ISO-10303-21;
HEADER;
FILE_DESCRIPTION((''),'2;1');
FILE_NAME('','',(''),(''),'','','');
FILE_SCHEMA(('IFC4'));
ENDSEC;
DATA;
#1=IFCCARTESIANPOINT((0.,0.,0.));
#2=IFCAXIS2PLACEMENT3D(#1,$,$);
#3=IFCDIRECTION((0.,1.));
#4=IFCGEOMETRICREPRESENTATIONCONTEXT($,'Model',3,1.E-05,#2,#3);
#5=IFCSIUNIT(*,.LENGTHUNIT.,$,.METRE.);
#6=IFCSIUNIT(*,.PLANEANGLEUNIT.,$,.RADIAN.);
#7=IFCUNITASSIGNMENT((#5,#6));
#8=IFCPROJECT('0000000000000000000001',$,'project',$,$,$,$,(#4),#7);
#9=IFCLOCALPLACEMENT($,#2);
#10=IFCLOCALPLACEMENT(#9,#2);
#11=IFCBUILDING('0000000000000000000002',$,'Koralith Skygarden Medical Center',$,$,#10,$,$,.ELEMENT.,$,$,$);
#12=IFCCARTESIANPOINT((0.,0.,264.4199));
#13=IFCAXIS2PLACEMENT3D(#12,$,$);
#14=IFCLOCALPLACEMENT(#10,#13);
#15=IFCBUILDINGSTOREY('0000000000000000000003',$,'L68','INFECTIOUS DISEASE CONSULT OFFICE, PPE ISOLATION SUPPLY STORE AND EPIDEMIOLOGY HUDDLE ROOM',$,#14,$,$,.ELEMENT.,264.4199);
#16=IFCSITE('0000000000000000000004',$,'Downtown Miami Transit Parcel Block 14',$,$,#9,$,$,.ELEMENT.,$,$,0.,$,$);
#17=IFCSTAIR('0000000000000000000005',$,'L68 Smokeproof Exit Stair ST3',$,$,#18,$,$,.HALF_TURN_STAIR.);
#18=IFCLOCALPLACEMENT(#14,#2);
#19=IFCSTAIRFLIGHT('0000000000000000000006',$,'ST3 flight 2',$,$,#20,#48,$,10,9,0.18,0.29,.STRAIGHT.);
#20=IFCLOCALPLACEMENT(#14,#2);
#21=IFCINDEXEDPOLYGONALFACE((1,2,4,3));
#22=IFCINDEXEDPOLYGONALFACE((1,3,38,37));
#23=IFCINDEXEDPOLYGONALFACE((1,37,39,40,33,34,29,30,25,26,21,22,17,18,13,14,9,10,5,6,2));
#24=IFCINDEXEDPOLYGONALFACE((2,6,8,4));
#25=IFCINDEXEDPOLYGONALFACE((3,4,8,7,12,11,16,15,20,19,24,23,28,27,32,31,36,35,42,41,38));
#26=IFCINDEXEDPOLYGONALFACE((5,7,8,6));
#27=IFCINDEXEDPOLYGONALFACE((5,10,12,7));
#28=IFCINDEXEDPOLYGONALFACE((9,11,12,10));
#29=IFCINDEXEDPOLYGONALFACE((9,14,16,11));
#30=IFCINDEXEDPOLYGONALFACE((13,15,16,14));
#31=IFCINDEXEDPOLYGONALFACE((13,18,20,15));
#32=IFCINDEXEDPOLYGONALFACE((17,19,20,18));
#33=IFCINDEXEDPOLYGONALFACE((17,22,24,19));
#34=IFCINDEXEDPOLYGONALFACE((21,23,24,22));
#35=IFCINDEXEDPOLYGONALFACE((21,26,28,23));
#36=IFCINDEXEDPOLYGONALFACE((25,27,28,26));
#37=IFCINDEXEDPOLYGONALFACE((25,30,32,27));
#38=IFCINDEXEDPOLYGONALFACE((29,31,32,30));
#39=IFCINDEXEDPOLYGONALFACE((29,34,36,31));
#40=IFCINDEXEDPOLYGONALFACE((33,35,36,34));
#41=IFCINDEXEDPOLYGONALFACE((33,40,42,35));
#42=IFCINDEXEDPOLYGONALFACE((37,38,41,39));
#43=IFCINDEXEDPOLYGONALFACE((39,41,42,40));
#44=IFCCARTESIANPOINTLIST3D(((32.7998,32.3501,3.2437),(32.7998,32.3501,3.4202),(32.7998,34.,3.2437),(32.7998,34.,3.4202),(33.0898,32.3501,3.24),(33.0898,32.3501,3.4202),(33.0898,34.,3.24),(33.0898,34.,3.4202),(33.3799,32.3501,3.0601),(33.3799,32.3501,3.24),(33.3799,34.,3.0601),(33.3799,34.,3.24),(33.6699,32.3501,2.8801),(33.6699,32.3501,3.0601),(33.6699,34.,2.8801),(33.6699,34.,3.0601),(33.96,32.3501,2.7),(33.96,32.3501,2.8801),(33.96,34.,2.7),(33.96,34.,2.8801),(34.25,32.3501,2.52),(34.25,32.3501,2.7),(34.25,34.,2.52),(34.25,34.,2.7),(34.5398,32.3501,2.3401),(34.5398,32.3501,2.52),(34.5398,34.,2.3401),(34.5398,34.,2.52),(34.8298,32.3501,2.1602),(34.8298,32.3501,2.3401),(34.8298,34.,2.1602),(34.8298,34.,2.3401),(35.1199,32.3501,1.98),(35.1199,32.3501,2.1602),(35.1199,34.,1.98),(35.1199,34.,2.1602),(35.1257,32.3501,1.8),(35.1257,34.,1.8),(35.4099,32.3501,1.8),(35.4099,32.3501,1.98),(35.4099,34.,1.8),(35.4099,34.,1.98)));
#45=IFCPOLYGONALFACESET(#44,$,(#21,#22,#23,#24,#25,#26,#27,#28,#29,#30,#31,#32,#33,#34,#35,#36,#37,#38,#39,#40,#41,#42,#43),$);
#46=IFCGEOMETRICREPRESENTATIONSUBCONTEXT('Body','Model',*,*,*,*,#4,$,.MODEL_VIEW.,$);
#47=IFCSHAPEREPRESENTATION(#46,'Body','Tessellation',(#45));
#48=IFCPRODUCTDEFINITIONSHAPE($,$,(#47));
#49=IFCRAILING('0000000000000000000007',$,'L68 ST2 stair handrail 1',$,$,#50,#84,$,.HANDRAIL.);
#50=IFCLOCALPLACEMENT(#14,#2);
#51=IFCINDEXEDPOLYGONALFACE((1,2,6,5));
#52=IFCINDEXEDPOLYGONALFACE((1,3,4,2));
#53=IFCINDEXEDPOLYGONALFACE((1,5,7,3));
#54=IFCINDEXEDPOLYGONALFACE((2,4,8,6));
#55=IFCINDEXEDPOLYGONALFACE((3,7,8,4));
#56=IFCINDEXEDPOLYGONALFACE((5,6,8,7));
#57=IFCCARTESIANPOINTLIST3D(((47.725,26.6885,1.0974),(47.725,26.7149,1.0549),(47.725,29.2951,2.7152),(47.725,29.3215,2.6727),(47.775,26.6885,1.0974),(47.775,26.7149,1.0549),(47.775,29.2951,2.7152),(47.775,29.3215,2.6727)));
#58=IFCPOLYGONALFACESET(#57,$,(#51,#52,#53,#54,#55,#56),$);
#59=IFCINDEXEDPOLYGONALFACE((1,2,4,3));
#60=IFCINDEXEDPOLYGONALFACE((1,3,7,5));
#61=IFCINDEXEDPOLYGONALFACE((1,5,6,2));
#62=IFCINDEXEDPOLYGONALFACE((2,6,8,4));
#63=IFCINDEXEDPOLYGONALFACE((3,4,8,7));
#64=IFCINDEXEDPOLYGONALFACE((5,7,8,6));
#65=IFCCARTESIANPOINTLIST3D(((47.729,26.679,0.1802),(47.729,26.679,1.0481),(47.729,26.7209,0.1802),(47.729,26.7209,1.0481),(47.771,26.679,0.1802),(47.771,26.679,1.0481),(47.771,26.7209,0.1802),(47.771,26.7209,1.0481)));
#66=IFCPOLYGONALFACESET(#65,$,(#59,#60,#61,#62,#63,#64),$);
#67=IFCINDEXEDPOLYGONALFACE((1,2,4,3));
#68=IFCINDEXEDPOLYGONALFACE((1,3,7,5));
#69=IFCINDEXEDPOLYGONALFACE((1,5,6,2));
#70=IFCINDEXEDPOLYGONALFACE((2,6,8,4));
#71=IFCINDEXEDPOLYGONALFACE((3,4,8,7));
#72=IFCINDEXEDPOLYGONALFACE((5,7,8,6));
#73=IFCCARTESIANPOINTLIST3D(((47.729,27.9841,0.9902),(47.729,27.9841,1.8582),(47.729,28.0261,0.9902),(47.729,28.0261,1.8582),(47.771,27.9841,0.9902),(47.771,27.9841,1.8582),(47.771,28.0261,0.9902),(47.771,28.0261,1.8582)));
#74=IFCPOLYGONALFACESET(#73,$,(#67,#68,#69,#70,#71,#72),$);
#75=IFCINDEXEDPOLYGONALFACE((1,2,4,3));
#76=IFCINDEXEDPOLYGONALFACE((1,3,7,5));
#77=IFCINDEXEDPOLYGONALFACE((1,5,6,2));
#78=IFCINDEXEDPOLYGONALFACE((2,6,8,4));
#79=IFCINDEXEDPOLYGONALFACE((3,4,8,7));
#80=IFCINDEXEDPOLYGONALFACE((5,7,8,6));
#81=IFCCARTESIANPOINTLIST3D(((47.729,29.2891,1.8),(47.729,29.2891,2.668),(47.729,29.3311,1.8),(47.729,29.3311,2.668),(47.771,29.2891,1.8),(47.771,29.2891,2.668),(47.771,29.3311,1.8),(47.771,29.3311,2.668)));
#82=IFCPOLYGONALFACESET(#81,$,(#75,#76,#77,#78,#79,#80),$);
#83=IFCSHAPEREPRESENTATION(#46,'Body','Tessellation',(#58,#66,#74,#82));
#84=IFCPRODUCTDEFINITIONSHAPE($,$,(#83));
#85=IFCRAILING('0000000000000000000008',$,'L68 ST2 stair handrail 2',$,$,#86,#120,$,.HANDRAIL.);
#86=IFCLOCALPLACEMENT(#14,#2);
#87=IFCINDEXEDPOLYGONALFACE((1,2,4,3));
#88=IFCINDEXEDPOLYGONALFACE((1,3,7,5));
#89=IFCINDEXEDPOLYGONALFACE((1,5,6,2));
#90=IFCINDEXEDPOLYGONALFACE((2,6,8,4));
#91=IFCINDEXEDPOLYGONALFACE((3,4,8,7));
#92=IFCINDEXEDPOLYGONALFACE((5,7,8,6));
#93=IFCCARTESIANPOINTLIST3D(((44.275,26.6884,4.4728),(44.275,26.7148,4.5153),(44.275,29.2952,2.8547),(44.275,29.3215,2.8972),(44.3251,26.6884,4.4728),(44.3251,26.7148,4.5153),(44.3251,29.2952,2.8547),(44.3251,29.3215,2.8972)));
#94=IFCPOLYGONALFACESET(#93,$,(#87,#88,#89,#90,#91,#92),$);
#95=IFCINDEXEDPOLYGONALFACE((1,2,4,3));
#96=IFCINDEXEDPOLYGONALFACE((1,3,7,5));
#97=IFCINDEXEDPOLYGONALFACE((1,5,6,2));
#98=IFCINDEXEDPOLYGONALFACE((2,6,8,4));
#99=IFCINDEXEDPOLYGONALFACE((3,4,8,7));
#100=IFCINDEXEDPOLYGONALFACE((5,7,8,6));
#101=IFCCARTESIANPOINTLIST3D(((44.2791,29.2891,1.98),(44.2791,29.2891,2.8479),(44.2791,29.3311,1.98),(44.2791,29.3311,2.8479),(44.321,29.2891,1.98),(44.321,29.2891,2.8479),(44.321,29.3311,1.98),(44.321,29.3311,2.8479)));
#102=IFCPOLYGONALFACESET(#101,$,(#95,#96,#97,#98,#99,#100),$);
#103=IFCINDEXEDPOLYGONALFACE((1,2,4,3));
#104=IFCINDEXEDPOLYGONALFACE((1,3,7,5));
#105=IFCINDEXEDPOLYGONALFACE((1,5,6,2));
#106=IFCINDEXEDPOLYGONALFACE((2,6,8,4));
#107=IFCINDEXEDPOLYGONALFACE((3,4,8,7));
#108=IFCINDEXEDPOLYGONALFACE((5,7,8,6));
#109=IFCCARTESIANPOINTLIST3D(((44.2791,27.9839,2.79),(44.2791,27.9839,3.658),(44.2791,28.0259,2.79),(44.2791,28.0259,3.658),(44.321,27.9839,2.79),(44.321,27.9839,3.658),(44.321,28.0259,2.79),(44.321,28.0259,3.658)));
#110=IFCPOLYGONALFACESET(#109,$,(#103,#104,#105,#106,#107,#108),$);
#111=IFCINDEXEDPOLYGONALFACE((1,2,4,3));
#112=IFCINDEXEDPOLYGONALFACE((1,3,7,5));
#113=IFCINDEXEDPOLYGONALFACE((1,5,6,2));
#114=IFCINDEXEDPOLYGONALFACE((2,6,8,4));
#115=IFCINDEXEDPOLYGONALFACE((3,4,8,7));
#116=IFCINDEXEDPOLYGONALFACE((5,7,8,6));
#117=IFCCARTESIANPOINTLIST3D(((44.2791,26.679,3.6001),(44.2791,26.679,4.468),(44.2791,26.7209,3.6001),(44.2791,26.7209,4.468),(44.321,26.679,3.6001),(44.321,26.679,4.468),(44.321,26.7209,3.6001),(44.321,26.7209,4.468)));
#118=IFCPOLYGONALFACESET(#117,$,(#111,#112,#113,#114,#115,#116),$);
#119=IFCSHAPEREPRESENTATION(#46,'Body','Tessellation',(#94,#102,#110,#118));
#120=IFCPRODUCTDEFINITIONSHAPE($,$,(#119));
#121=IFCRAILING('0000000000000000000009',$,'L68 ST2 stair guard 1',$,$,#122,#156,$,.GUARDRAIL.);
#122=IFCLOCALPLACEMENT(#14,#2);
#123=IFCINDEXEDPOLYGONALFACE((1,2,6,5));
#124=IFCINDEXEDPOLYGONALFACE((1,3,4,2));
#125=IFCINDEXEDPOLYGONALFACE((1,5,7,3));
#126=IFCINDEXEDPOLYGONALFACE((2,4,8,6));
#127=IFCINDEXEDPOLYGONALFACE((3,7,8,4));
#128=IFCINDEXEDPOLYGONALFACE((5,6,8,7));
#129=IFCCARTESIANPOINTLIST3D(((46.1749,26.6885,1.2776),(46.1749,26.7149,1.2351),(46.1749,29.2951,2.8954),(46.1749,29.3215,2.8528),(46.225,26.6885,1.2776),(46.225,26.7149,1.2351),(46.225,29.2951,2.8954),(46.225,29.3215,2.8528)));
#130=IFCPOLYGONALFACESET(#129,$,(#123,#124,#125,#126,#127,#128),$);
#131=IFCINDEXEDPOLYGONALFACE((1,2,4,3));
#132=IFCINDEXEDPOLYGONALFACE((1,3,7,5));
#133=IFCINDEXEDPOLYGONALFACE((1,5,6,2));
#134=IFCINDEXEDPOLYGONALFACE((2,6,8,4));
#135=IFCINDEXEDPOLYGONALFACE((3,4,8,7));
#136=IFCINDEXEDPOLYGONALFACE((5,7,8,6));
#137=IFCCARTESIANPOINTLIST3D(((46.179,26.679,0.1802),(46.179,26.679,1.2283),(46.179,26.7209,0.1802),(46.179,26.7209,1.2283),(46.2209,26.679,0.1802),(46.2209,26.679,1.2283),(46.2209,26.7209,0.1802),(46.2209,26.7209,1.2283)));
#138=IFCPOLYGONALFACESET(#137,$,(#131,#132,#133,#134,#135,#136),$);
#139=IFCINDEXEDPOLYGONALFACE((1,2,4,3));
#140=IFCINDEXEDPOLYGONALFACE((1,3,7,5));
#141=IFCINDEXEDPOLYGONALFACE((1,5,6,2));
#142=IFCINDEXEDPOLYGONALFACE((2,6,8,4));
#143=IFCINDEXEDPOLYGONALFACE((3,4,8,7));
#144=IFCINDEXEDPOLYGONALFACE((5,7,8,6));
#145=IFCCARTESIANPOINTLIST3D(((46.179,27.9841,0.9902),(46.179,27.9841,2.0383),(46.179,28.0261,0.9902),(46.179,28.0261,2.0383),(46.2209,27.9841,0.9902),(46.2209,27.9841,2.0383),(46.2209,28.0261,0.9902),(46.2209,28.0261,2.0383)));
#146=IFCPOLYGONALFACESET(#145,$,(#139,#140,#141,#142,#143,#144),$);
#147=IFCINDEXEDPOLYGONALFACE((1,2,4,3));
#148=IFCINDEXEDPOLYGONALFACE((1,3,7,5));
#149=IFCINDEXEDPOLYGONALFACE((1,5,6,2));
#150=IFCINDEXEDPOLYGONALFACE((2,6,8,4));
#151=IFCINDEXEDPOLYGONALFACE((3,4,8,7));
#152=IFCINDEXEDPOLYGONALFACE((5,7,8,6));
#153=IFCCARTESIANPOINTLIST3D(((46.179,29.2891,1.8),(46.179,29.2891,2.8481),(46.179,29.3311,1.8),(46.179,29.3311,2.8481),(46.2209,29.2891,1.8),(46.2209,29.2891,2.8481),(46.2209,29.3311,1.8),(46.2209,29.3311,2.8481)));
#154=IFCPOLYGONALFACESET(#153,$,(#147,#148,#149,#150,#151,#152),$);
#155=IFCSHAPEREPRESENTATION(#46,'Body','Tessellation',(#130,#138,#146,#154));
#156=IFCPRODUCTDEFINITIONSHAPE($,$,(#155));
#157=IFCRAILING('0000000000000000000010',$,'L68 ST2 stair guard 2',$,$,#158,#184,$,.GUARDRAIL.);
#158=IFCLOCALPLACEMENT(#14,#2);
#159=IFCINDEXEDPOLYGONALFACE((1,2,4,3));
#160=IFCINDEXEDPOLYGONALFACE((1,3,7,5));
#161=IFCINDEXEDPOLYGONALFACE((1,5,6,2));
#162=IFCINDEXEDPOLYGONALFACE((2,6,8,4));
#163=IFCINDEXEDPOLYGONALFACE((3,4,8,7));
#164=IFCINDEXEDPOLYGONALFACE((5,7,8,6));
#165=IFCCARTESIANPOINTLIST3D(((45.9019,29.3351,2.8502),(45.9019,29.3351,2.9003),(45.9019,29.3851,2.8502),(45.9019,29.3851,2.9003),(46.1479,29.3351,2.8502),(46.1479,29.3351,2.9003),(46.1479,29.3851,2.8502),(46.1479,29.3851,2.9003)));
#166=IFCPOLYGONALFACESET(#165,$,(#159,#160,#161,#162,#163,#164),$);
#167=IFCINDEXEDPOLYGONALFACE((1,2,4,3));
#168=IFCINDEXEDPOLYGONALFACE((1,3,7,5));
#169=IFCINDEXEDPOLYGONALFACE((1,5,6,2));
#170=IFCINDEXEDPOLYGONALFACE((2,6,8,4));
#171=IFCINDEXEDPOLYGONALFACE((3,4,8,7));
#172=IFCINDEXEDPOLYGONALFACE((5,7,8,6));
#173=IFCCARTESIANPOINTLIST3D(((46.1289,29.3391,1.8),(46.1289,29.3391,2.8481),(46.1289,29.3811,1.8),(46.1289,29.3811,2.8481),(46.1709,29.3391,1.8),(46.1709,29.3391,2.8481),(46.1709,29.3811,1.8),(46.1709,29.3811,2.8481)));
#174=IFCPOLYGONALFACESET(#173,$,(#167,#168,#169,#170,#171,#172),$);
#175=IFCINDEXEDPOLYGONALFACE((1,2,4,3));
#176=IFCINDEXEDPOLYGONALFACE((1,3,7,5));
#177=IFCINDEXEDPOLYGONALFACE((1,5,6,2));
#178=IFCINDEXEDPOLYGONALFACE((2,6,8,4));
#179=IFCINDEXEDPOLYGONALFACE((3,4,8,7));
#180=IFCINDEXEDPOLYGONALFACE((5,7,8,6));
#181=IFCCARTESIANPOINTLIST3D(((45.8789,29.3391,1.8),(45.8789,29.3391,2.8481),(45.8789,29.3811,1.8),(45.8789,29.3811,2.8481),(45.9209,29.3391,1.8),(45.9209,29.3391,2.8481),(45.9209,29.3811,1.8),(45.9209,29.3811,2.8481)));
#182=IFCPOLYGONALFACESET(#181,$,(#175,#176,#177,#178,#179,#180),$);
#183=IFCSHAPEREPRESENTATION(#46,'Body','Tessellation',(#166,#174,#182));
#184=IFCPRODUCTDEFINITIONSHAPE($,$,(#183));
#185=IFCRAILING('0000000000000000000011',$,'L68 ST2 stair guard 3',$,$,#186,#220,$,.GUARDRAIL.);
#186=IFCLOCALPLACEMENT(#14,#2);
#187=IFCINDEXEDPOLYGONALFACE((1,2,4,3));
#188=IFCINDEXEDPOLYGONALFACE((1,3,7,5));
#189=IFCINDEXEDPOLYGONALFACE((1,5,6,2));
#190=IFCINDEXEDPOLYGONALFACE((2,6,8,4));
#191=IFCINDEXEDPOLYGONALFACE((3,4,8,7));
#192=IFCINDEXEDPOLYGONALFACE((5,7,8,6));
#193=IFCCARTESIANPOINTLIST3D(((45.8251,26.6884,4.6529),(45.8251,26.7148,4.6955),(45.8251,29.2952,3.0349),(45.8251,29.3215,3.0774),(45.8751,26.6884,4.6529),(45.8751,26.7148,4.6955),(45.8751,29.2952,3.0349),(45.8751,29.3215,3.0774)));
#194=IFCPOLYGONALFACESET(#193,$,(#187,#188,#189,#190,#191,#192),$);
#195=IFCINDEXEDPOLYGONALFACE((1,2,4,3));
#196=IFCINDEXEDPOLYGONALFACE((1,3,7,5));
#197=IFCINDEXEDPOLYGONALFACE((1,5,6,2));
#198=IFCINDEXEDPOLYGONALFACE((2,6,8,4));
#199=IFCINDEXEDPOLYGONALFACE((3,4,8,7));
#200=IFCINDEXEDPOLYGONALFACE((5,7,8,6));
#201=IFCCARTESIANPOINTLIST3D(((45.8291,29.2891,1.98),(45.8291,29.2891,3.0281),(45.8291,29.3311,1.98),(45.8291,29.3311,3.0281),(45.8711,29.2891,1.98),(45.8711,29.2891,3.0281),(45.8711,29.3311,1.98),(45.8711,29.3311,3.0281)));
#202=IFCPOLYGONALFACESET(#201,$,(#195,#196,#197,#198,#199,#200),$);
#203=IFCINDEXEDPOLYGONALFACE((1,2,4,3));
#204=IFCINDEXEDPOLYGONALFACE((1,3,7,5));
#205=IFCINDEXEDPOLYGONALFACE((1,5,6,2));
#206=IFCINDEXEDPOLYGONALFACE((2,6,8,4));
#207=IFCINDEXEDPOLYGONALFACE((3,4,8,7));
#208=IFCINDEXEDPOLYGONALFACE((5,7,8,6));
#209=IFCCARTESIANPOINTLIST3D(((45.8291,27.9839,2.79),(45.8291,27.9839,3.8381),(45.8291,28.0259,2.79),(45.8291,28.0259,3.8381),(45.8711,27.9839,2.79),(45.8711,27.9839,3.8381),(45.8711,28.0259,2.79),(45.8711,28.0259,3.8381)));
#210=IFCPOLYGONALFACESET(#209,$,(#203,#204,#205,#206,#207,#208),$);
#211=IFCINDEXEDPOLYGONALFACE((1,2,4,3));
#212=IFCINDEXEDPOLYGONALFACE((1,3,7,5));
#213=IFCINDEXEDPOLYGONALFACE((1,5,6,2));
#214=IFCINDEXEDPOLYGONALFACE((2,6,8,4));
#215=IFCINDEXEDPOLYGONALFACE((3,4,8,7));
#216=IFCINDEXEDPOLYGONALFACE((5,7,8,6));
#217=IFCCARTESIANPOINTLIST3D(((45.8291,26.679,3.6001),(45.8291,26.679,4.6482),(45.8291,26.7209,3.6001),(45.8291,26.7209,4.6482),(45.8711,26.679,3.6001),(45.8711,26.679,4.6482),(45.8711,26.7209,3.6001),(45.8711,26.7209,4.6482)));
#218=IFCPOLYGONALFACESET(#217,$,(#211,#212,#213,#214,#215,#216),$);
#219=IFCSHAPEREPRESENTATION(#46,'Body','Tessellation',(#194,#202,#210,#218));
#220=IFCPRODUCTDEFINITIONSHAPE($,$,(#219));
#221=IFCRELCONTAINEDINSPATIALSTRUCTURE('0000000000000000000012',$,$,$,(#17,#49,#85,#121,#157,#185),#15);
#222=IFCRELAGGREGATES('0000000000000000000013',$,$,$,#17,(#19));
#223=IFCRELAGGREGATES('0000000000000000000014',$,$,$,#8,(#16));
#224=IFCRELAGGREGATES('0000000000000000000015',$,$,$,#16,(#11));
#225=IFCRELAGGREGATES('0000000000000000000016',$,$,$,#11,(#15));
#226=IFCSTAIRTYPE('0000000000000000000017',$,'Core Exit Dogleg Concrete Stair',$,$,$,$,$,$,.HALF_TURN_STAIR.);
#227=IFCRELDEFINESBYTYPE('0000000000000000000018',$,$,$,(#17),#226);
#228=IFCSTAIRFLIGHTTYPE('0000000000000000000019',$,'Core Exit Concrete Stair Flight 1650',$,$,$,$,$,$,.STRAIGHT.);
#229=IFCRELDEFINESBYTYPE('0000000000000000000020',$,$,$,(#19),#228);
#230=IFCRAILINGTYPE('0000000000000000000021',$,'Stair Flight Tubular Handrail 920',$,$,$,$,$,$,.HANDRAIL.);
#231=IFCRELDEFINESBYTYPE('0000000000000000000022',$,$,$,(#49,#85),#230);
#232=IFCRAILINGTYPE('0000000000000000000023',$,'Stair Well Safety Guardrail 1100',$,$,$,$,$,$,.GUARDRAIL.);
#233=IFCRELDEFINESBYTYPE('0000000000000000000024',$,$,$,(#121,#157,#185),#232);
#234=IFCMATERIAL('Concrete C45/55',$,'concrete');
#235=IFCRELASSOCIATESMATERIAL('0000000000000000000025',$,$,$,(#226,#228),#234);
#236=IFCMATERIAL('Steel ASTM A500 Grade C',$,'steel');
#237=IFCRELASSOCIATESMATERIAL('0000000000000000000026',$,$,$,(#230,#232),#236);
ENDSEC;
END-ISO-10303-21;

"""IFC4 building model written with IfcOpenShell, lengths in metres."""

from ifc_helpers import new_model, si_unit, direction, frame, origin, origin_2d, place, context, subcontext, project, spatial, polyline, rectangle, outline, extrude, material, type_object, element, aggregate, save


model = new_model("IFC4")

# Units and contexts
model_context = context("Model", 3, precision=1e-05, world=origin(), true_north=direction((0.0, 1.0)))
body_context = subcontext(model_context, "Body", "Model", "MODEL_VIEW")
ifc_project = project(units=[si_unit("LENGTHUNIT", "METRE"), si_unit("PLANEANGLEUNIT", "RADIAN")], contexts=[model_context])

# Site, building, storey
site_placement = place(None, origin())
site = spatial("IfcSite", under=ifc_project, at=site_placement, Name="Downtown Miami Transit Parcel Block 14", CompositionType="ELEMENT", RefElevation=0.0)
building_placement = place(site_placement, origin())
building = spatial("IfcBuilding", under=site, at=building_placement, Name="Koralith Skygarden Medical Center", CompositionType="ELEMENT")
storey_placement = place(building_placement, frame((0.0, 0.0, 264.4199)))
storey = spatial("IfcBuildingStorey", under=building, at=storey_placement, Name="L68", Description="INFECTIOUS DISEASE CONSULT OFFICE, PPE ISOLATION SUPPLY STORE AND EPIDEMIOLOGY HUDDLE ROOM", CompositionType="ELEMENT", Elevation=264.4199)

# Shared definitions
ifc_material_1 = material(Name="Concrete C45/55", Category="concrete")

# Shared definitions
stair_type = type_object("IfcStairType", Name="Core Exit Dogleg Concrete Stair", PredefinedType="HALF_TURN_STAIR", material=ifc_material_1)
stair_flight_type = type_object("IfcStairFlightType", Name="Core Exit Concrete Stair Flight 1650", PredefinedType="STRAIGHT", material=ifc_material_1)

# Stair, stair flight
stair_1_placement = place(storey_placement, origin())
stair_1 = element("IfcStair", 1, at=stair_1_placement, inside=storey, type_object=stair_type, Name="L68 Smokeproof Exit Stair ST3", PredefinedType="HALF_TURN_STAIR")
stair_flight_1_placement = place(storey_placement, frame((35.4099, 33.175, 1.8), z_axis=(0.0, 0.0, 1.0), x_axis=(-1.0, 0.0, 0.0)))
stair_flight_1 = element("IfcStairFlight", 2, at=stair_flight_1_placement, type_object=stair_flight_type, Name="ST3 flight 2", NumberOfRisers=10, NumberOfTreads=9, PredefinedType="STRAIGHT", RiserHeight=0.18, TreadLength=0.29, context=body_context, shape_type="SweptSolid", body=[
    extrude(outline(polyline([(0.0, 0.0), (0.0, 0.1799), (0.29, 0.1799), (0.29, 0.3601), (0.5801, 0.3601), (0.5801, 0.54), (0.8701, 0.54), (0.8701, 0.72), (1.1599, 0.72), (1.1599, 0.8999), (1.45, 0.8999), (1.45, 1.0801), (1.74, 1.0801), (1.74, 1.26), (2.03, 1.26), (2.03, 1.4399), (2.3201, 1.4399), (2.3201, 1.6201), (2.6101, 1.6201), (2.6101, 1.8), (2.6101, 1.4436), (0.2842, 0.0), (0.0, 0.0)])), frame((0.0, 0.825, 0.0), z_axis=(0.0, -1.0, 0.0), x_axis=(1.0, 0.0, 0.0)), (0.0, 0.0, 1.0), 1.6499),
])
aggregate(stair_1, [stair_flight_1])

# Railings
ifc_material_2 = material(Name="Steel ASTM A500 Grade C", Category="steel")
railing_type_1 = type_object("IfcRailingType", Name="Stair Flight Tubular Handrail 920", PredefinedType="HANDRAIL", material=ifc_material_2)
railing_1_placement = place(storey_placement, frame((47.75, 26.7, 0.1802)))
element("IfcRailing", 3, at=railing_1_placement, inside=storey, type_object=railing_type_1, Name="L68 ST2 stair handrail 1", PredefinedType="HANDRAIL", context=body_context, shape_type="SweptSolid", body=[
    extrude(rectangle(XDim=0.05, YDim=0.05, at=origin_2d()), frame((0.0, 0.0017, 0.896), z_axis=(0.0, 0.849668, 0.527317), x_axis=(-1.0, 0.0, 0.0)), (0.0, 0.0, 1.0), 3.0679),
    extrude(rectangle(XDim=0.042, YDim=0.042, at=origin_2d()), origin(), (0.0, 0.0, 1.0), 0.8679),
    extrude(rectangle(XDim=0.042, YDim=0.042, at=origin_2d()), frame((0.0, 1.3052, 0.8101)), (0.0, 0.0, 1.0), 0.8679),
    extrude(rectangle(XDim=0.042, YDim=0.042, at=origin_2d()), frame((0.0, 2.6101, 1.6199)), (0.0, 0.0, 1.0), 0.8679),
])
railing_2_placement = place(storey_placement, frame((44.3, 29.3101, 1.98)))
element("IfcRailing", 4, at=railing_2_placement, inside=storey, type_object=railing_type_1, Name="L68 ST2 stair handrail 2", PredefinedType="HANDRAIL", context=body_context, shape_type="SweptSolid", body=[
    extrude(rectangle(XDim=0.05, YDim=0.05, at=origin_2d()), frame((0.0, -0.0017, 0.896), z_axis=(0.0, -0.849633, 0.527375), x_axis=(1.0, 0.0, 0.0)), (0.0, 0.0, 1.0), 3.0681),
    extrude(rectangle(XDim=0.042, YDim=0.042, at=origin_2d()), origin(), (0.0, 0.0, 1.0), 0.8679),
    extrude(rectangle(XDim=0.042, YDim=0.042, at=origin_2d()), frame((0.0, -1.3052, 0.8101)), (0.0, 0.0, 1.0), 0.8679),
    extrude(rectangle(XDim=0.042, YDim=0.042, at=origin_2d()), frame((0.0, -2.6101, 1.6201)), (0.0, 0.0, 1.0), 0.8679),
])
railing_type_2 = type_object("IfcRailingType", Name="Stair Well Safety Guardrail 1100", PredefinedType="GUARDRAIL", material=ifc_material_2)
railing_3_placement = place(storey_placement, frame((46.2, 26.7, 0.1802)))
element("IfcRailing", 5, at=railing_3_placement, inside=storey, type_object=railing_type_2, Name="L68 ST2 stair guard 1", PredefinedType="GUARDRAIL", context=body_context, shape_type="SweptSolid", body=[
    extrude(rectangle(XDim=0.05, YDim=0.05, at=origin_2d()), frame((0.0, 0.0017, 1.0762), z_axis=(0.0, 0.849668, 0.527317), x_axis=(-1.0, 0.0, 0.0)), (0.0, 0.0, 1.0), 3.0679),
    extrude(rectangle(XDim=0.042, YDim=0.042, at=origin_2d()), origin(), (0.0, 0.0, 1.0), 1.0481),
    extrude(rectangle(XDim=0.042, YDim=0.042, at=origin_2d()), frame((0.0, 1.3052, 0.8101)), (0.0, 0.0, 1.0), 1.0481),
    extrude(rectangle(XDim=0.042, YDim=0.042, at=origin_2d()), frame((0.0, 2.6101, 1.6199)), (0.0, 0.0, 1.0), 1.0481),
])
railing_4_placement = place(storey_placement, frame((46.1499, 29.3601, 1.8)))
element("IfcRailing", 6, at=railing_4_placement, inside=storey, type_object=railing_type_2, Name="L68 ST2 stair guard 2", PredefinedType="GUARDRAIL", context=body_context, shape_type="SweptSolid", body=[
    extrude(rectangle(XDim=0.05, YDim=0.05, at=origin_2d()), frame((-0.002, 0.0, 1.0752), z_axis=(-1.0, 0.0, 0.0), x_axis=(0.0, -1.0, 0.0)), (0.0, 0.0, 1.0), 0.2461),
    extrude(rectangle(XDim=0.042, YDim=0.042, at=origin_2d()), origin(), (0.0, 0.0, 1.0), 1.0481),
    extrude(rectangle(XDim=0.042, YDim=0.042, at=origin_2d()), frame((-0.25, 0.0, 0.0)), (0.0, 0.0, 1.0), 1.0481),
])
railing_5_placement = place(storey_placement, frame((45.8501, 29.3101, 1.98)))
element("IfcRailing", 7, at=railing_5_placement, inside=storey, type_object=railing_type_2, Name="L68 ST2 stair guard 3", PredefinedType="GUARDRAIL", context=body_context, shape_type="SweptSolid", body=[
    extrude(rectangle(XDim=0.05, YDim=0.05, at=origin_2d()), frame((0.0, -0.0017, 1.0762), z_axis=(0.0, -0.849633, 0.527375), x_axis=(1.0, 0.0, 0.0)), (0.0, 0.0, 1.0), 3.0681),
    extrude(rectangle(XDim=0.042, YDim=0.042, at=origin_2d()), origin(), (0.0, 0.0, 1.0), 1.0481),
    extrude(rectangle(XDim=0.042, YDim=0.042, at=origin_2d()), frame((0.0, -1.3052, 0.8101)), (0.0, 0.0, 1.0), 1.0481),
    extrude(rectangle(XDim=0.042, YDim=0.042, at=origin_2d()), frame((0.0, -2.6101, 1.6201)), (0.0, 0.0, 1.0), 1.0481),
])

save(model, "model.ifc")
